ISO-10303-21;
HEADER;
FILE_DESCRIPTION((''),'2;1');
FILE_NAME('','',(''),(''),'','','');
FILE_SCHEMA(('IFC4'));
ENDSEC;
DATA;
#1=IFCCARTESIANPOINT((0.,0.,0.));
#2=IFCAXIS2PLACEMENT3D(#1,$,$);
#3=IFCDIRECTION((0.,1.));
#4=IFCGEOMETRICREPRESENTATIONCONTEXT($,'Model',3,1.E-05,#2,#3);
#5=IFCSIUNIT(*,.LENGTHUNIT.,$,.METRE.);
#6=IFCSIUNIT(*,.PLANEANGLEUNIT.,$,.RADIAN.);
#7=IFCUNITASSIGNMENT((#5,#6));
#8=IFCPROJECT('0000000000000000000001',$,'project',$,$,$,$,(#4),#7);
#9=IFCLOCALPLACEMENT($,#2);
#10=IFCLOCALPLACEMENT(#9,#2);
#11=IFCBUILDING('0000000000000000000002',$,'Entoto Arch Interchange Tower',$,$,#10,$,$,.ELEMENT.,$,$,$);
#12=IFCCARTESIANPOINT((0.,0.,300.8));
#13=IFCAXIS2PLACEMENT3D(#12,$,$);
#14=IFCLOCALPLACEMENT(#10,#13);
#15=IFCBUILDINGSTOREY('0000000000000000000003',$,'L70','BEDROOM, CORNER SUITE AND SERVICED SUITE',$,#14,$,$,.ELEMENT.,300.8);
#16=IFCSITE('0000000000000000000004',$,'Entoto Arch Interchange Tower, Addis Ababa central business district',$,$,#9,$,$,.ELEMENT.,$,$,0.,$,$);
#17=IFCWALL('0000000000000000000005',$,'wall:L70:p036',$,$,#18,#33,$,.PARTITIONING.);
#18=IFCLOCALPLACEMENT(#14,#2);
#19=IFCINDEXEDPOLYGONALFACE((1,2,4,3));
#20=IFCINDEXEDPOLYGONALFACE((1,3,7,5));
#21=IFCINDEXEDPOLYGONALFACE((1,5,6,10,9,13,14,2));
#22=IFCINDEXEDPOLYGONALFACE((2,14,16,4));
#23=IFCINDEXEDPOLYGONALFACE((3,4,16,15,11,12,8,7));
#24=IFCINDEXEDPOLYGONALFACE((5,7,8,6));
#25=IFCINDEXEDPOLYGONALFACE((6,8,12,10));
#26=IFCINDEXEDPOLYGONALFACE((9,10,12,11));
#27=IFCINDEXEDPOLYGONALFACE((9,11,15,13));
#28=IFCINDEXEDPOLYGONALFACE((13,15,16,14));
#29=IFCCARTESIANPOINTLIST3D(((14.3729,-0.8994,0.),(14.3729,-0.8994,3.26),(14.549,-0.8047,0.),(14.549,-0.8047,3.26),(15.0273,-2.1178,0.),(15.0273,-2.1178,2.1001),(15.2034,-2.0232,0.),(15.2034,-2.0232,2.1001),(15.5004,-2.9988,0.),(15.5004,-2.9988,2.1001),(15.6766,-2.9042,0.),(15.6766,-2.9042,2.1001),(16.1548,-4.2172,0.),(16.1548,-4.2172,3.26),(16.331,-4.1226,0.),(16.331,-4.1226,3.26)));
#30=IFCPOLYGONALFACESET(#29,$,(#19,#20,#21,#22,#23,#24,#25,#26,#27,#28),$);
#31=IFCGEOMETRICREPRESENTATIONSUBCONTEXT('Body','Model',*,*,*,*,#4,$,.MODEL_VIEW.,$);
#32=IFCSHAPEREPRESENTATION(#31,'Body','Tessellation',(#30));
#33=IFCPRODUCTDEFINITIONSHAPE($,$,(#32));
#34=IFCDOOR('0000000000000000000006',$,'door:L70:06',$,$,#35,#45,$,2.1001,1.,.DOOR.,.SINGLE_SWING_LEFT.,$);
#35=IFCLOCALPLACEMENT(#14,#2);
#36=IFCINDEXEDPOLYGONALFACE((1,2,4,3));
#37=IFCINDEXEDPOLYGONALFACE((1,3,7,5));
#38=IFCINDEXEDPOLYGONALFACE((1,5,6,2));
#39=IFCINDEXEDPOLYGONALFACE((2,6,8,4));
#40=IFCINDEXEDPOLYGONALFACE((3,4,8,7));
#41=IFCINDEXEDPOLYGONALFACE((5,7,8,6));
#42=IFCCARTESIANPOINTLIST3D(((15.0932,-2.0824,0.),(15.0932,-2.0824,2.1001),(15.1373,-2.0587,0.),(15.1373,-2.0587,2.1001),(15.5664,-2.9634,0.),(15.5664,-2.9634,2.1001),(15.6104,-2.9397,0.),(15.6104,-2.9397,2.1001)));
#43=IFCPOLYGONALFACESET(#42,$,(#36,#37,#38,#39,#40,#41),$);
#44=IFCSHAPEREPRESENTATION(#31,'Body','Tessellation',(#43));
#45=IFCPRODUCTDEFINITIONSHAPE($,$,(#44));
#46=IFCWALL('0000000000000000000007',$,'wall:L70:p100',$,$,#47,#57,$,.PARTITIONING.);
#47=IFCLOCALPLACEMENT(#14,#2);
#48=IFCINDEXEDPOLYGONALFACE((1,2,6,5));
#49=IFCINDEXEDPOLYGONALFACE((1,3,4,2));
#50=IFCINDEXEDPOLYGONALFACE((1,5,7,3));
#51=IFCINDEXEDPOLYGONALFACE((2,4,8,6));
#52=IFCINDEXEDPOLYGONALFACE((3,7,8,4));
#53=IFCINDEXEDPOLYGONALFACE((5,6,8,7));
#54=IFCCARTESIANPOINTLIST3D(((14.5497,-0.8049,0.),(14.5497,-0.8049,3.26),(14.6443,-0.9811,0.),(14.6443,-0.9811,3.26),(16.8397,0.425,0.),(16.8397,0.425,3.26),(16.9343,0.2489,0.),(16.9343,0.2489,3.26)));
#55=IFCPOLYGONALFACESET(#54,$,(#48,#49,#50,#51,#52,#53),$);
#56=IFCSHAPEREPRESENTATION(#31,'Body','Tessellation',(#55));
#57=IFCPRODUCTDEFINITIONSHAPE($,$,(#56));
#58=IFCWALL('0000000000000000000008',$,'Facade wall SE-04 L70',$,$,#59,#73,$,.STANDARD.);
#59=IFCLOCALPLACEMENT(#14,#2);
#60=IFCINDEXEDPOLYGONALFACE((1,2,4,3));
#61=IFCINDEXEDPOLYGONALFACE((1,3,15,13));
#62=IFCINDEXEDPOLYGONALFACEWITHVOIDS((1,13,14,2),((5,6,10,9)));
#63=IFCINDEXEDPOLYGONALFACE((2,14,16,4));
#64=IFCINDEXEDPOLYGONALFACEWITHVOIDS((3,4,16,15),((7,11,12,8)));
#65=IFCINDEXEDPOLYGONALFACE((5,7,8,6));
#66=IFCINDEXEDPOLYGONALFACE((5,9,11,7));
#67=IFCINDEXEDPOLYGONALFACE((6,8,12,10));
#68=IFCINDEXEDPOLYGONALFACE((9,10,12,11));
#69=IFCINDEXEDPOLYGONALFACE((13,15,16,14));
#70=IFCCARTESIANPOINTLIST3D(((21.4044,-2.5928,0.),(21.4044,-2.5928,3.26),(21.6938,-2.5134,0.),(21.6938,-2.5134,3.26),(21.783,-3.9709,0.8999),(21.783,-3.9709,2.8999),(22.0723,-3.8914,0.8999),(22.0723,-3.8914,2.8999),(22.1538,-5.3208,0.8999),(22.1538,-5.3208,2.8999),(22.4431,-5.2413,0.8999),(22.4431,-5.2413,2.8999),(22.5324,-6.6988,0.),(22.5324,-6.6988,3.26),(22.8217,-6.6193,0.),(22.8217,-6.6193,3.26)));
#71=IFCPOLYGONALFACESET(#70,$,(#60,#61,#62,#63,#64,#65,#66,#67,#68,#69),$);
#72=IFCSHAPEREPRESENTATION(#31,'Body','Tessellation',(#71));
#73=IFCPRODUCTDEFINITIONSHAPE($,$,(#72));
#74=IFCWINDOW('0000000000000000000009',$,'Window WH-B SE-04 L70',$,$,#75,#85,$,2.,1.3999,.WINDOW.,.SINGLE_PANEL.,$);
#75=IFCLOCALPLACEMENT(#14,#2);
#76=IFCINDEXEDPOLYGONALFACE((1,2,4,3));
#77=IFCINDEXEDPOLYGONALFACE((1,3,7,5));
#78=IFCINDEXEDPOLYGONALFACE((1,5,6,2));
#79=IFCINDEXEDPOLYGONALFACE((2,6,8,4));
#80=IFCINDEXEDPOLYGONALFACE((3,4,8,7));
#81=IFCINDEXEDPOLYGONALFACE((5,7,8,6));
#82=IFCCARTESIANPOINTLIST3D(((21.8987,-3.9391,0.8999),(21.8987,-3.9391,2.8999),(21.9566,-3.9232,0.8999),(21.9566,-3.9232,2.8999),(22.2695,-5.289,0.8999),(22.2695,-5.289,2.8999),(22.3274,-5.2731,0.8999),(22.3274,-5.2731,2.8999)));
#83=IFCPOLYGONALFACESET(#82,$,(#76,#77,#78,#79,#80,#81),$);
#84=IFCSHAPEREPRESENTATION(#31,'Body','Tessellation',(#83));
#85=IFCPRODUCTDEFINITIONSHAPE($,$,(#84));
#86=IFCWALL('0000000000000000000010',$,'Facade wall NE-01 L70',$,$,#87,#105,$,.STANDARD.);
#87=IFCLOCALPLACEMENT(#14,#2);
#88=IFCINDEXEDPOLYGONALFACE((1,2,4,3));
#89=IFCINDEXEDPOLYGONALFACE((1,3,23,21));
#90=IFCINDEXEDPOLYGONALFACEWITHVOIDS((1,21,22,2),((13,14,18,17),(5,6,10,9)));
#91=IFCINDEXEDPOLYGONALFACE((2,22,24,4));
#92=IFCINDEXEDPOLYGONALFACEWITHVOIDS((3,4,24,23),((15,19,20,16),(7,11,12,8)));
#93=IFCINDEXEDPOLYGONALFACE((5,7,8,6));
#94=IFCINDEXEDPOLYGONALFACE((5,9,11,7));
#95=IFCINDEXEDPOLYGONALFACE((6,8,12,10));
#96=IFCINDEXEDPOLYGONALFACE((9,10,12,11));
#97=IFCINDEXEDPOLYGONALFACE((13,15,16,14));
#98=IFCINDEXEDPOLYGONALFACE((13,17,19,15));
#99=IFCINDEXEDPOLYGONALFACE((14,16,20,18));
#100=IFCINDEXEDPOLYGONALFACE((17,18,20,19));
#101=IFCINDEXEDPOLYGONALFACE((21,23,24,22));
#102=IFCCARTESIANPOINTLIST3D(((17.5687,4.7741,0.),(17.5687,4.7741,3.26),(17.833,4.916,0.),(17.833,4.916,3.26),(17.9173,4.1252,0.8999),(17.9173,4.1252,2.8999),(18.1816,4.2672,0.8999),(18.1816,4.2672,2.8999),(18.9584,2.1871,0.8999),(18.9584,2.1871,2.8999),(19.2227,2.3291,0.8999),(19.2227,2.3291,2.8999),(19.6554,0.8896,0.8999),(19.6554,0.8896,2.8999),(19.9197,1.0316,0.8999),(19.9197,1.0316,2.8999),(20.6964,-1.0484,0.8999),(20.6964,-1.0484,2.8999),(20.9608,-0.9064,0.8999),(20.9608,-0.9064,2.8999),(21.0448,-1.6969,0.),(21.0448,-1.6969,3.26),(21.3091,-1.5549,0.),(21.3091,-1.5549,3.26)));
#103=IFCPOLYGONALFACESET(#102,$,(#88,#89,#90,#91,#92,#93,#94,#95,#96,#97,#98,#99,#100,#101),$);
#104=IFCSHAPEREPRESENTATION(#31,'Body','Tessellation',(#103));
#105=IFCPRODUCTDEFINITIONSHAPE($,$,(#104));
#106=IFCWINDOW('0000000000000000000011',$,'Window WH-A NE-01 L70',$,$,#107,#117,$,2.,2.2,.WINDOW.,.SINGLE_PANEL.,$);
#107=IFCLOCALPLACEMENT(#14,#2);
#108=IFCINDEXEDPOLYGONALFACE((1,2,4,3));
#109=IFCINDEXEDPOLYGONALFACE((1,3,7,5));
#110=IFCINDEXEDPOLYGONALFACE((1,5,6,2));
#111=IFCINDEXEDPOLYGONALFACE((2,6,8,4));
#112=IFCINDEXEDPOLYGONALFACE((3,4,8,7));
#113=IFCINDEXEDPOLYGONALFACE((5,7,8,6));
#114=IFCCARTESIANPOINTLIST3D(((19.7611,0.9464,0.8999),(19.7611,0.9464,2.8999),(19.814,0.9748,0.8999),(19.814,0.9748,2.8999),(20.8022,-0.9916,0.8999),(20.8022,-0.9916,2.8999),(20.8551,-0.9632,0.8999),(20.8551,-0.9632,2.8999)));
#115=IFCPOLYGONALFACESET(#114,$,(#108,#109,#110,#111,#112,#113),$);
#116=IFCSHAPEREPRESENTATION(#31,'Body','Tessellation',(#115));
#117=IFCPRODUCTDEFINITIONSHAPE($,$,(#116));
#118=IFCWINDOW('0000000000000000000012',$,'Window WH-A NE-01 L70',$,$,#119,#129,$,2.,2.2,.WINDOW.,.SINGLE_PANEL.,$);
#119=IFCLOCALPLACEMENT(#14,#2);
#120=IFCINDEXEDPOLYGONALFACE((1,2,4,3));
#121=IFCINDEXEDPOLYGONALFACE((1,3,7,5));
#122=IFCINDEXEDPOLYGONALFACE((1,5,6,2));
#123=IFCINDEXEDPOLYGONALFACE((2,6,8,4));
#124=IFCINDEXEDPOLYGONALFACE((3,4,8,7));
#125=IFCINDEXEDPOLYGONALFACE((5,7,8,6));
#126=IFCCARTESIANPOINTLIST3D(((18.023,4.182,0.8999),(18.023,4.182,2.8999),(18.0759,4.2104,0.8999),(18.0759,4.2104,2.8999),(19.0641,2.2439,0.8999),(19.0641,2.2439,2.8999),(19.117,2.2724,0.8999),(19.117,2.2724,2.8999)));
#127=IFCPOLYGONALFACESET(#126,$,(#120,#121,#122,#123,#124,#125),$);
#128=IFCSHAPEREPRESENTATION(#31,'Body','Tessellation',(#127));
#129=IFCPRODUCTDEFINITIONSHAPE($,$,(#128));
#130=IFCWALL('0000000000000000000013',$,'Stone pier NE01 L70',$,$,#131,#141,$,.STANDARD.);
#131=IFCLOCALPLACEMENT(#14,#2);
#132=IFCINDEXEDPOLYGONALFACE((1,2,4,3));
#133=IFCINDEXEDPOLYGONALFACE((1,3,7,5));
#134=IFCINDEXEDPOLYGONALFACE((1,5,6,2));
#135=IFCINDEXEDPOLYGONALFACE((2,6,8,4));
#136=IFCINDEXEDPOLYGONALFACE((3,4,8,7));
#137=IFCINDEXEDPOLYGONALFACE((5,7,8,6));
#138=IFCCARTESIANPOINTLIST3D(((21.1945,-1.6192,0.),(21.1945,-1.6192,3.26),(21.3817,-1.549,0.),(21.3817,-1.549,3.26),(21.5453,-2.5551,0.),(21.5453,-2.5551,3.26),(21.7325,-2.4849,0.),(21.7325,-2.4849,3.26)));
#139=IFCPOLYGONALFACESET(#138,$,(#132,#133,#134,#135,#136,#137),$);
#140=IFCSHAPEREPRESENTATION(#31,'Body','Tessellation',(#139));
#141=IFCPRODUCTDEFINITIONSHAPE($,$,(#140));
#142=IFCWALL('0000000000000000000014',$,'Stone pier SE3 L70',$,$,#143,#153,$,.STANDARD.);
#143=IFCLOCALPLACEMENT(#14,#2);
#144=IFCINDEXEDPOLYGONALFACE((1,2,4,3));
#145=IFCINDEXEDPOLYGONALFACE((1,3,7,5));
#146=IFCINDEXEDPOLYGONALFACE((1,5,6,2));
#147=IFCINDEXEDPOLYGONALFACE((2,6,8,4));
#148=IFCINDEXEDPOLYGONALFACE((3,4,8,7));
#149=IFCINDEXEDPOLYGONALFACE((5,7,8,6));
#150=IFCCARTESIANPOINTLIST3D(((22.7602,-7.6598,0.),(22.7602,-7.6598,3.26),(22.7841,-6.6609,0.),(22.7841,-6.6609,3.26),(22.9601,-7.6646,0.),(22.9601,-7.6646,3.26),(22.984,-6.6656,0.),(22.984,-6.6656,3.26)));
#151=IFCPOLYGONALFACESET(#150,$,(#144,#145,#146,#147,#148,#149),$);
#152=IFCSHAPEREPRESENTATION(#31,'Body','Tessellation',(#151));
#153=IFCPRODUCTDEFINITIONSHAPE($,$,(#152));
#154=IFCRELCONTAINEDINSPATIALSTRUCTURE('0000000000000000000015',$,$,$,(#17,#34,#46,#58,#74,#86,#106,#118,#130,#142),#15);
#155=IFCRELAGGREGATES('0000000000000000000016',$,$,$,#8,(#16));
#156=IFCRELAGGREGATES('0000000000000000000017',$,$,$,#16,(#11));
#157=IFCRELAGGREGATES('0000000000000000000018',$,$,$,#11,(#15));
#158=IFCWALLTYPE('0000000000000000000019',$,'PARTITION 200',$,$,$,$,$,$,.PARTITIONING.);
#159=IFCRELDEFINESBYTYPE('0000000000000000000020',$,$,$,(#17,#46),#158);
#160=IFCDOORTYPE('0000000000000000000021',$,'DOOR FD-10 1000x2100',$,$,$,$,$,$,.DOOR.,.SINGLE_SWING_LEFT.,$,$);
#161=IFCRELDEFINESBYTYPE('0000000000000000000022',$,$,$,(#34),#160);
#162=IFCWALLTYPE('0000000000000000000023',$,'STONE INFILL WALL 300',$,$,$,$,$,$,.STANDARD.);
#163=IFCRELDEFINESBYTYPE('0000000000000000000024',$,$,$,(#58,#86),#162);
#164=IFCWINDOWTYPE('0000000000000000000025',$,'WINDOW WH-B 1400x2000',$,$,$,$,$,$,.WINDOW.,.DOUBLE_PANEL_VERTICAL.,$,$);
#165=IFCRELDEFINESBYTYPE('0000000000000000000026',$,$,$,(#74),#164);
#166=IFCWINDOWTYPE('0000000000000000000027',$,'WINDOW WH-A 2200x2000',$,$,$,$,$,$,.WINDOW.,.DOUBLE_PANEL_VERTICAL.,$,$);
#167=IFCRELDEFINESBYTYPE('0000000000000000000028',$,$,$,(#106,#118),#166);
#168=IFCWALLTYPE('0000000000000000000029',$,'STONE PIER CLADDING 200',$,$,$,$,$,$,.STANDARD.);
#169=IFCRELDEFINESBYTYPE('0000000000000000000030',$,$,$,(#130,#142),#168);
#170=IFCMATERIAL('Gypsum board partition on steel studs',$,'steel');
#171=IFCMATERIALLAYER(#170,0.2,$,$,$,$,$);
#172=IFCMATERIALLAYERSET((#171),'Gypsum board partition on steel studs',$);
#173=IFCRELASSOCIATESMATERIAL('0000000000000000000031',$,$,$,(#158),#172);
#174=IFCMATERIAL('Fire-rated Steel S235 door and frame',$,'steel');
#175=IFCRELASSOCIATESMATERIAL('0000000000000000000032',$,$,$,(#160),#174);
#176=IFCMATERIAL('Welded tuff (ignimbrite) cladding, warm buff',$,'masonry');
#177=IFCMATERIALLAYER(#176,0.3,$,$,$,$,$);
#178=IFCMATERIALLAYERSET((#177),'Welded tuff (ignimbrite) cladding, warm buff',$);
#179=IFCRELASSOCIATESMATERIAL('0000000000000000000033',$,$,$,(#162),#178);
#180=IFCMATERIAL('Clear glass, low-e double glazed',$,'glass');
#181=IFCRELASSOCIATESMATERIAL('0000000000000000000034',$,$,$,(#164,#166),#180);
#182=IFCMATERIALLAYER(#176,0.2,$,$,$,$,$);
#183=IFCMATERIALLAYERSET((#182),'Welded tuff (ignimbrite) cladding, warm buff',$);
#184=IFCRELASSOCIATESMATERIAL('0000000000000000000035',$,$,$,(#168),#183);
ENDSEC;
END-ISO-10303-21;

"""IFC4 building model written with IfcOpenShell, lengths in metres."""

from ifc_helpers import new_model, si_unit, direction, frame, frame_2d, origin, place, context, subcontext, project, spatial, rectangle, extrude, material, layer, layer_set, type_object, element, fill, save


model = new_model("IFC4")

# Units and contexts
model_context = context("Model", 3, precision=1e-05, world=origin(), true_north=direction((0.0, 1.0)))
body_context = subcontext(model_context, "Body", "Model", "MODEL_VIEW")
ifc_project = project(units=[si_unit("LENGTHUNIT", "METRE"), si_unit("PLANEANGLEUNIT", "RADIAN")], contexts=[model_context])

# Site, building, storey
site_placement = place(None, origin())
site = spatial("IfcSite", under=ifc_project, at=site_placement, Name="Entoto Arch Interchange Tower, Addis Ababa central business district", CompositionType="ELEMENT", RefElevation=0.0)
building_placement = place(site_placement, origin())
building = spatial("IfcBuilding", under=site, at=building_placement, Name="Entoto Arch Interchange Tower", CompositionType="ELEMENT")
storey_placement = place(building_placement, frame((0.0, 0.0, 300.8)))
storey = spatial("IfcBuildingStorey", under=building, at=storey_placement, Name="L70", Description="BEDROOM, CORNER SUITE AND SERVICED SUITE", CompositionType="ELEMENT", Elevation=300.8)

# Shared definitions
ifc_material_1 = material(Name="Gypsum board partition on steel studs", Category="steel")
ifc_layer_1 = layer(ifc_material_1, 0.2)
ifc_layer_set_1 = layer_set([ifc_layer_1], Name="Gypsum board partition on steel studs")
wall_type_1 = type_object("IfcWallType", Name="PARTITION 200", PredefinedType="PARTITIONING", material=ifc_layer_set_1)

# Wall, opening, door
wall_1_placement = place(storey_placement, frame((14.4609, -0.8521, 0.0), z_axis=(0.0, 0.0, 1.0), x_axis=(0.47316, -0.880976, 0.0)))
wall_1 = element("IfcWall", 1, at=wall_1_placement, inside=storey, type_object=wall_type_1, Name="wall:L70:p036", PredefinedType="PARTITIONING", context=body_context, shape_type="SweptSolid", body=[
    extrude(rectangle(XDim=3.7661, YDim=0.2, at=frame_2d((1.8831, 0.0))), origin(), (0.0, 0.0, 1.0), 3.26),
])
opening_1_placement = place(wall_1_placement, frame((1.3831, 0.0, 0.0)))
opening_1 = element("IfcOpeningElement", 2, at=opening_1_placement, cuts=wall_1, PredefinedType="OPENING", context=body_context, shape_type="SweptSolid", body=[
    extrude(rectangle(XDim=1.0, YDim=2.1001, at=frame_2d((0.5, 1.05))), frame((0.0, 0.1099, 0.0), z_axis=(0.0, -1.0, 0.0), x_axis=(1.0, 0.0, 0.0)), (0.0, 0.0, 1.0), 0.22),
])
ifc_material_2 = material(Name="Fire-rated Steel S235 door and frame", Category="steel")
door_type_1 = type_object("IfcDoorType", Name="DOOR FD-10 1000x2100", OperationType="SINGLE_SWING_LEFT", PredefinedType="DOOR", material=ifc_material_2)
door_1_placement = place(opening_1_placement, origin())
door_1 = element("IfcDoor", 3, at=door_1_placement, inside=storey, type_object=door_type_1, Name="door:L70:06", OperationType="SINGLE_SWING_LEFT", OverallHeight=2.1001, OverallWidth=1.0, PredefinedType="DOOR", context=body_context, shape_type="SweptSolid", body=[
    extrude(rectangle(XDim=1.0, YDim=2.1001, at=frame_2d((0.5, 1.05))), frame((0.0, 0.0249, 0.0), z_axis=(0.0, -1.0, 0.0), x_axis=(1.0, 0.0, 0.0)), (0.0, 0.0, 1.0), 0.05),
])
fill(opening_1, door_1)

# Wall
wall_2_placement = place(storey_placement, frame((14.5969, -0.8931, 0.0), z_axis=(0.0, 0.0, 1.0), x_axis=(0.880971, 0.47317, 0.0)))
element("IfcWall", 4, at=wall_2_placement, inside=storey, type_object=wall_type_1, Name="wall:L70:p100", PredefinedType="PARTITIONING", context=body_context, shape_type="SweptSolid", body=[
    extrude(rectangle(XDim=2.5994, YDim=0.2, at=frame_2d((1.2998, 0.0))), origin(), (0.0, 0.0, 1.0), 3.26),
])

# Wall, opening, window
ifc_material_3 = material(Name="Welded tuff (ignimbrite) cladding, warm buff", Category="masonry")
ifc_layer_2 = layer(ifc_material_3, 0.3)
ifc_layer_set_2 = layer_set([ifc_layer_2], Name="Welded tuff (ignimbrite) cladding, warm buff")
wall_type_2 = type_object("IfcWallType", Name="STONE INFILL WALL 300", PredefinedType="STANDARD", material=ifc_layer_set_2)
wall_3_placement = place(storey_placement, frame((22.677, -6.6589, 0.0), z_axis=(0.0, 0.0, 1.0), x_axis=(-0.264893, 0.964278, 0.0)))
wall_3 = element("IfcWall", 5, at=wall_3_placement, inside=storey, type_object=wall_type_2, Name="Facade wall SE-04 L70", PredefinedType="STANDARD", context=body_context, shape_type="SweptSolid", body=[
    extrude(rectangle(XDim=4.2581, YDim=0.3, at=frame_2d((2.1289, 0.0))), origin(), (0.0, 0.0, 1.0), 3.26),
])
opening_2_placement = place(wall_3_placement, frame((1.429, 0.0, 0.8999)))
opening_2 = element("IfcOpeningElement", 6, at=opening_2_placement, cuts=wall_3, PredefinedType="OPENING", context=body_context, shape_type="SweptSolid", body=[
    extrude(rectangle(XDim=1.3999, YDim=2.0, at=frame_2d((0.7, 1.0))), frame((0.0, 0.1602, 0.0), z_axis=(0.0, -1.0, 0.0), x_axis=(1.0, 0.0, 0.0)), (0.0, 0.0, 1.0), 0.3201),
])
ifc_material_4 = material(Name="Clear glass, low-e double glazed", Category="glass")
window_type_1 = type_object("IfcWindowType", Name="WINDOW WH-B 1400x2000", PartitioningType="DOUBLE_PANEL_VERTICAL", PredefinedType="WINDOW", material=ifc_material_4)
window_1_placement = place(opening_2_placement, origin())
window_1 = element("IfcWindow", 7, at=window_1_placement, inside=storey, type_object=window_type_1, Name="Window WH-B SE-04 L70", OverallHeight=2.0, OverallWidth=1.3999, PartitioningType="SINGLE_PANEL", PredefinedType="WINDOW", context=body_context, shape_type="SweptSolid", body=[
    extrude(rectangle(XDim=1.3999, YDim=2.0, at=frame_2d((0.7, 1.0))), frame((0.0, 0.03, 0.0), z_axis=(0.0, -1.0, 0.0), x_axis=(1.0, 0.0, 0.0)), (0.0, 0.0, 1.0), 0.0601),
])
fill(opening_2, window_1)

# Wall, openings, windows
wall_4_placement = place(storey_placement, frame((21.177, -1.626, 0.0), z_axis=(0.0, 0.0, 1.0), x_axis=(-0.473226, 0.880941, 0.0)))
wall_4 = element("IfcWall", 8, at=wall_4_placement, inside=storey, type_object=wall_type_2, Name="Facade wall NE-01 L70", PredefinedType="STANDARD", context=body_context, shape_type="SweptSolid", body=[
    extrude(rectangle(XDim=7.3455, YDim=0.3, at=frame_2d((3.6729, 0.0))), origin(), (0.0, 0.0, 1.0), 3.26),
])
opening_3_placement = place(wall_4_placement, frame((0.7361, 0.0, 0.8999)))
opening_3 = element("IfcOpeningElement", 9, at=opening_3_placement, cuts=wall_4, PredefinedType="OPENING", context=body_context, shape_type="SweptSolid", body=[
    extrude(rectangle(XDim=2.2, YDim=2.0, at=frame_2d((1.1001, 1.0))), frame((0.0, 0.1602, 0.0), z_axis=(0.0, -1.0, 0.0), x_axis=(1.0, 0.0, 0.0)), (0.0, 0.0, 1.0), 0.3201),
])
opening_4_placement = place(wall_4_placement, frame((4.4089, 0.0, 0.8999)))
opening_4 = element("IfcOpeningElement", 10, at=opening_4_placement, cuts=wall_4, PredefinedType="OPENING", context=body_context, shape_type="SweptSolid", body=[
    extrude(rectangle(XDim=2.2, YDim=2.0, at=frame_2d((1.1001, 1.0))), frame((0.0, 0.1602, 0.0), z_axis=(0.0, -1.0, 0.0), x_axis=(1.0, 0.0, 0.0)), (0.0, 0.0, 1.0), 0.3201),
])
window_type_2 = type_object("IfcWindowType", Name="WINDOW WH-A 2200x2000", PartitioningType="DOUBLE_PANEL_VERTICAL", PredefinedType="WINDOW", material=ifc_material_4)
window_2_placement = place(opening_3_placement, origin())
window_2 = element("IfcWindow", 11, at=window_2_placement, inside=storey, type_object=window_type_2, Name="Window WH-A NE-01 L70", OverallHeight=2.0, OverallWidth=2.2, PartitioningType="SINGLE_PANEL", PredefinedType="WINDOW", context=body_context, shape_type="SweptSolid", body=[
    extrude(rectangle(XDim=2.2, YDim=2.0, at=frame_2d((1.1001, 1.0))), frame((0.0, 0.03, 0.0), z_axis=(0.0, -1.0, 0.0), x_axis=(1.0, 0.0, 0.0)), (0.0, 0.0, 1.0), 0.0601),
])
fill(opening_3, window_2)
window_3_placement = place(opening_4_placement, origin())
window_3 = element("IfcWindow", 12, at=window_3_placement, inside=storey, type_object=window_type_2, Name="Window WH-A NE-01 L70", OverallHeight=2.0, OverallWidth=2.2, PartitioningType="SINGLE_PANEL", PredefinedType="WINDOW", context=body_context, shape_type="SweptSolid", body=[
    extrude(rectangle(XDim=2.2, YDim=2.0, at=frame_2d((1.1001, 1.0))), frame((0.0, 0.03, 0.0), z_axis=(0.0, -1.0, 0.0), x_axis=(1.0, 0.0, 0.0)), (0.0, 0.0, 1.0), 0.0601),
])
fill(opening_4, window_3)

# Walls
ifc_layer_3 = layer(ifc_material_3, 0.2)
ifc_layer_set_3 = layer_set([ifc_layer_3], Name="Welded tuff (ignimbrite) cladding, warm buff")
wall_type_3 = type_object("IfcWallType", Name="STONE PIER CLADDING 200", PredefinedType="STANDARD", material=ifc_layer_set_3)
wall_5_placement = place(storey_placement, frame((21.6389, -2.52, 0.0), z_axis=(0.0, 0.0, 1.0), x_axis=(-0.350963, 0.936389, 0.0)))
element("IfcWall", 13, at=wall_5_placement, inside=storey, type_object=wall_type_3, Name="Stone pier NE01 L70", PredefinedType="STANDARD", context=body_context, shape_type="SweptSolid", body=[
    extrude(rectangle(XDim=0.9995, YDim=0.2, at=frame_2d((0.4998, 0.0))), origin(), (0.0, 0.0, 1.0), 3.26),
])
wall_6_placement = place(storey_placement, frame((22.8601, -7.6621, 0.0), z_axis=(0.0, 0.0, 1.0), x_axis=(0.023942, 0.999713, 0.0)))
element("IfcWall", 14, at=wall_6_placement, inside=storey, type_object=wall_type_3, Name="Stone pier SE3 L70", PredefinedType="STANDARD", context=body_context, shape_type="SweptSolid", body=[
    extrude(rectangle(XDim=0.9993, YDim=0.2, at=frame_2d((0.4995, 0.0))), origin(), (0.0, 0.0, 1.0), 3.26),
])

save(model, "model.ifc")
